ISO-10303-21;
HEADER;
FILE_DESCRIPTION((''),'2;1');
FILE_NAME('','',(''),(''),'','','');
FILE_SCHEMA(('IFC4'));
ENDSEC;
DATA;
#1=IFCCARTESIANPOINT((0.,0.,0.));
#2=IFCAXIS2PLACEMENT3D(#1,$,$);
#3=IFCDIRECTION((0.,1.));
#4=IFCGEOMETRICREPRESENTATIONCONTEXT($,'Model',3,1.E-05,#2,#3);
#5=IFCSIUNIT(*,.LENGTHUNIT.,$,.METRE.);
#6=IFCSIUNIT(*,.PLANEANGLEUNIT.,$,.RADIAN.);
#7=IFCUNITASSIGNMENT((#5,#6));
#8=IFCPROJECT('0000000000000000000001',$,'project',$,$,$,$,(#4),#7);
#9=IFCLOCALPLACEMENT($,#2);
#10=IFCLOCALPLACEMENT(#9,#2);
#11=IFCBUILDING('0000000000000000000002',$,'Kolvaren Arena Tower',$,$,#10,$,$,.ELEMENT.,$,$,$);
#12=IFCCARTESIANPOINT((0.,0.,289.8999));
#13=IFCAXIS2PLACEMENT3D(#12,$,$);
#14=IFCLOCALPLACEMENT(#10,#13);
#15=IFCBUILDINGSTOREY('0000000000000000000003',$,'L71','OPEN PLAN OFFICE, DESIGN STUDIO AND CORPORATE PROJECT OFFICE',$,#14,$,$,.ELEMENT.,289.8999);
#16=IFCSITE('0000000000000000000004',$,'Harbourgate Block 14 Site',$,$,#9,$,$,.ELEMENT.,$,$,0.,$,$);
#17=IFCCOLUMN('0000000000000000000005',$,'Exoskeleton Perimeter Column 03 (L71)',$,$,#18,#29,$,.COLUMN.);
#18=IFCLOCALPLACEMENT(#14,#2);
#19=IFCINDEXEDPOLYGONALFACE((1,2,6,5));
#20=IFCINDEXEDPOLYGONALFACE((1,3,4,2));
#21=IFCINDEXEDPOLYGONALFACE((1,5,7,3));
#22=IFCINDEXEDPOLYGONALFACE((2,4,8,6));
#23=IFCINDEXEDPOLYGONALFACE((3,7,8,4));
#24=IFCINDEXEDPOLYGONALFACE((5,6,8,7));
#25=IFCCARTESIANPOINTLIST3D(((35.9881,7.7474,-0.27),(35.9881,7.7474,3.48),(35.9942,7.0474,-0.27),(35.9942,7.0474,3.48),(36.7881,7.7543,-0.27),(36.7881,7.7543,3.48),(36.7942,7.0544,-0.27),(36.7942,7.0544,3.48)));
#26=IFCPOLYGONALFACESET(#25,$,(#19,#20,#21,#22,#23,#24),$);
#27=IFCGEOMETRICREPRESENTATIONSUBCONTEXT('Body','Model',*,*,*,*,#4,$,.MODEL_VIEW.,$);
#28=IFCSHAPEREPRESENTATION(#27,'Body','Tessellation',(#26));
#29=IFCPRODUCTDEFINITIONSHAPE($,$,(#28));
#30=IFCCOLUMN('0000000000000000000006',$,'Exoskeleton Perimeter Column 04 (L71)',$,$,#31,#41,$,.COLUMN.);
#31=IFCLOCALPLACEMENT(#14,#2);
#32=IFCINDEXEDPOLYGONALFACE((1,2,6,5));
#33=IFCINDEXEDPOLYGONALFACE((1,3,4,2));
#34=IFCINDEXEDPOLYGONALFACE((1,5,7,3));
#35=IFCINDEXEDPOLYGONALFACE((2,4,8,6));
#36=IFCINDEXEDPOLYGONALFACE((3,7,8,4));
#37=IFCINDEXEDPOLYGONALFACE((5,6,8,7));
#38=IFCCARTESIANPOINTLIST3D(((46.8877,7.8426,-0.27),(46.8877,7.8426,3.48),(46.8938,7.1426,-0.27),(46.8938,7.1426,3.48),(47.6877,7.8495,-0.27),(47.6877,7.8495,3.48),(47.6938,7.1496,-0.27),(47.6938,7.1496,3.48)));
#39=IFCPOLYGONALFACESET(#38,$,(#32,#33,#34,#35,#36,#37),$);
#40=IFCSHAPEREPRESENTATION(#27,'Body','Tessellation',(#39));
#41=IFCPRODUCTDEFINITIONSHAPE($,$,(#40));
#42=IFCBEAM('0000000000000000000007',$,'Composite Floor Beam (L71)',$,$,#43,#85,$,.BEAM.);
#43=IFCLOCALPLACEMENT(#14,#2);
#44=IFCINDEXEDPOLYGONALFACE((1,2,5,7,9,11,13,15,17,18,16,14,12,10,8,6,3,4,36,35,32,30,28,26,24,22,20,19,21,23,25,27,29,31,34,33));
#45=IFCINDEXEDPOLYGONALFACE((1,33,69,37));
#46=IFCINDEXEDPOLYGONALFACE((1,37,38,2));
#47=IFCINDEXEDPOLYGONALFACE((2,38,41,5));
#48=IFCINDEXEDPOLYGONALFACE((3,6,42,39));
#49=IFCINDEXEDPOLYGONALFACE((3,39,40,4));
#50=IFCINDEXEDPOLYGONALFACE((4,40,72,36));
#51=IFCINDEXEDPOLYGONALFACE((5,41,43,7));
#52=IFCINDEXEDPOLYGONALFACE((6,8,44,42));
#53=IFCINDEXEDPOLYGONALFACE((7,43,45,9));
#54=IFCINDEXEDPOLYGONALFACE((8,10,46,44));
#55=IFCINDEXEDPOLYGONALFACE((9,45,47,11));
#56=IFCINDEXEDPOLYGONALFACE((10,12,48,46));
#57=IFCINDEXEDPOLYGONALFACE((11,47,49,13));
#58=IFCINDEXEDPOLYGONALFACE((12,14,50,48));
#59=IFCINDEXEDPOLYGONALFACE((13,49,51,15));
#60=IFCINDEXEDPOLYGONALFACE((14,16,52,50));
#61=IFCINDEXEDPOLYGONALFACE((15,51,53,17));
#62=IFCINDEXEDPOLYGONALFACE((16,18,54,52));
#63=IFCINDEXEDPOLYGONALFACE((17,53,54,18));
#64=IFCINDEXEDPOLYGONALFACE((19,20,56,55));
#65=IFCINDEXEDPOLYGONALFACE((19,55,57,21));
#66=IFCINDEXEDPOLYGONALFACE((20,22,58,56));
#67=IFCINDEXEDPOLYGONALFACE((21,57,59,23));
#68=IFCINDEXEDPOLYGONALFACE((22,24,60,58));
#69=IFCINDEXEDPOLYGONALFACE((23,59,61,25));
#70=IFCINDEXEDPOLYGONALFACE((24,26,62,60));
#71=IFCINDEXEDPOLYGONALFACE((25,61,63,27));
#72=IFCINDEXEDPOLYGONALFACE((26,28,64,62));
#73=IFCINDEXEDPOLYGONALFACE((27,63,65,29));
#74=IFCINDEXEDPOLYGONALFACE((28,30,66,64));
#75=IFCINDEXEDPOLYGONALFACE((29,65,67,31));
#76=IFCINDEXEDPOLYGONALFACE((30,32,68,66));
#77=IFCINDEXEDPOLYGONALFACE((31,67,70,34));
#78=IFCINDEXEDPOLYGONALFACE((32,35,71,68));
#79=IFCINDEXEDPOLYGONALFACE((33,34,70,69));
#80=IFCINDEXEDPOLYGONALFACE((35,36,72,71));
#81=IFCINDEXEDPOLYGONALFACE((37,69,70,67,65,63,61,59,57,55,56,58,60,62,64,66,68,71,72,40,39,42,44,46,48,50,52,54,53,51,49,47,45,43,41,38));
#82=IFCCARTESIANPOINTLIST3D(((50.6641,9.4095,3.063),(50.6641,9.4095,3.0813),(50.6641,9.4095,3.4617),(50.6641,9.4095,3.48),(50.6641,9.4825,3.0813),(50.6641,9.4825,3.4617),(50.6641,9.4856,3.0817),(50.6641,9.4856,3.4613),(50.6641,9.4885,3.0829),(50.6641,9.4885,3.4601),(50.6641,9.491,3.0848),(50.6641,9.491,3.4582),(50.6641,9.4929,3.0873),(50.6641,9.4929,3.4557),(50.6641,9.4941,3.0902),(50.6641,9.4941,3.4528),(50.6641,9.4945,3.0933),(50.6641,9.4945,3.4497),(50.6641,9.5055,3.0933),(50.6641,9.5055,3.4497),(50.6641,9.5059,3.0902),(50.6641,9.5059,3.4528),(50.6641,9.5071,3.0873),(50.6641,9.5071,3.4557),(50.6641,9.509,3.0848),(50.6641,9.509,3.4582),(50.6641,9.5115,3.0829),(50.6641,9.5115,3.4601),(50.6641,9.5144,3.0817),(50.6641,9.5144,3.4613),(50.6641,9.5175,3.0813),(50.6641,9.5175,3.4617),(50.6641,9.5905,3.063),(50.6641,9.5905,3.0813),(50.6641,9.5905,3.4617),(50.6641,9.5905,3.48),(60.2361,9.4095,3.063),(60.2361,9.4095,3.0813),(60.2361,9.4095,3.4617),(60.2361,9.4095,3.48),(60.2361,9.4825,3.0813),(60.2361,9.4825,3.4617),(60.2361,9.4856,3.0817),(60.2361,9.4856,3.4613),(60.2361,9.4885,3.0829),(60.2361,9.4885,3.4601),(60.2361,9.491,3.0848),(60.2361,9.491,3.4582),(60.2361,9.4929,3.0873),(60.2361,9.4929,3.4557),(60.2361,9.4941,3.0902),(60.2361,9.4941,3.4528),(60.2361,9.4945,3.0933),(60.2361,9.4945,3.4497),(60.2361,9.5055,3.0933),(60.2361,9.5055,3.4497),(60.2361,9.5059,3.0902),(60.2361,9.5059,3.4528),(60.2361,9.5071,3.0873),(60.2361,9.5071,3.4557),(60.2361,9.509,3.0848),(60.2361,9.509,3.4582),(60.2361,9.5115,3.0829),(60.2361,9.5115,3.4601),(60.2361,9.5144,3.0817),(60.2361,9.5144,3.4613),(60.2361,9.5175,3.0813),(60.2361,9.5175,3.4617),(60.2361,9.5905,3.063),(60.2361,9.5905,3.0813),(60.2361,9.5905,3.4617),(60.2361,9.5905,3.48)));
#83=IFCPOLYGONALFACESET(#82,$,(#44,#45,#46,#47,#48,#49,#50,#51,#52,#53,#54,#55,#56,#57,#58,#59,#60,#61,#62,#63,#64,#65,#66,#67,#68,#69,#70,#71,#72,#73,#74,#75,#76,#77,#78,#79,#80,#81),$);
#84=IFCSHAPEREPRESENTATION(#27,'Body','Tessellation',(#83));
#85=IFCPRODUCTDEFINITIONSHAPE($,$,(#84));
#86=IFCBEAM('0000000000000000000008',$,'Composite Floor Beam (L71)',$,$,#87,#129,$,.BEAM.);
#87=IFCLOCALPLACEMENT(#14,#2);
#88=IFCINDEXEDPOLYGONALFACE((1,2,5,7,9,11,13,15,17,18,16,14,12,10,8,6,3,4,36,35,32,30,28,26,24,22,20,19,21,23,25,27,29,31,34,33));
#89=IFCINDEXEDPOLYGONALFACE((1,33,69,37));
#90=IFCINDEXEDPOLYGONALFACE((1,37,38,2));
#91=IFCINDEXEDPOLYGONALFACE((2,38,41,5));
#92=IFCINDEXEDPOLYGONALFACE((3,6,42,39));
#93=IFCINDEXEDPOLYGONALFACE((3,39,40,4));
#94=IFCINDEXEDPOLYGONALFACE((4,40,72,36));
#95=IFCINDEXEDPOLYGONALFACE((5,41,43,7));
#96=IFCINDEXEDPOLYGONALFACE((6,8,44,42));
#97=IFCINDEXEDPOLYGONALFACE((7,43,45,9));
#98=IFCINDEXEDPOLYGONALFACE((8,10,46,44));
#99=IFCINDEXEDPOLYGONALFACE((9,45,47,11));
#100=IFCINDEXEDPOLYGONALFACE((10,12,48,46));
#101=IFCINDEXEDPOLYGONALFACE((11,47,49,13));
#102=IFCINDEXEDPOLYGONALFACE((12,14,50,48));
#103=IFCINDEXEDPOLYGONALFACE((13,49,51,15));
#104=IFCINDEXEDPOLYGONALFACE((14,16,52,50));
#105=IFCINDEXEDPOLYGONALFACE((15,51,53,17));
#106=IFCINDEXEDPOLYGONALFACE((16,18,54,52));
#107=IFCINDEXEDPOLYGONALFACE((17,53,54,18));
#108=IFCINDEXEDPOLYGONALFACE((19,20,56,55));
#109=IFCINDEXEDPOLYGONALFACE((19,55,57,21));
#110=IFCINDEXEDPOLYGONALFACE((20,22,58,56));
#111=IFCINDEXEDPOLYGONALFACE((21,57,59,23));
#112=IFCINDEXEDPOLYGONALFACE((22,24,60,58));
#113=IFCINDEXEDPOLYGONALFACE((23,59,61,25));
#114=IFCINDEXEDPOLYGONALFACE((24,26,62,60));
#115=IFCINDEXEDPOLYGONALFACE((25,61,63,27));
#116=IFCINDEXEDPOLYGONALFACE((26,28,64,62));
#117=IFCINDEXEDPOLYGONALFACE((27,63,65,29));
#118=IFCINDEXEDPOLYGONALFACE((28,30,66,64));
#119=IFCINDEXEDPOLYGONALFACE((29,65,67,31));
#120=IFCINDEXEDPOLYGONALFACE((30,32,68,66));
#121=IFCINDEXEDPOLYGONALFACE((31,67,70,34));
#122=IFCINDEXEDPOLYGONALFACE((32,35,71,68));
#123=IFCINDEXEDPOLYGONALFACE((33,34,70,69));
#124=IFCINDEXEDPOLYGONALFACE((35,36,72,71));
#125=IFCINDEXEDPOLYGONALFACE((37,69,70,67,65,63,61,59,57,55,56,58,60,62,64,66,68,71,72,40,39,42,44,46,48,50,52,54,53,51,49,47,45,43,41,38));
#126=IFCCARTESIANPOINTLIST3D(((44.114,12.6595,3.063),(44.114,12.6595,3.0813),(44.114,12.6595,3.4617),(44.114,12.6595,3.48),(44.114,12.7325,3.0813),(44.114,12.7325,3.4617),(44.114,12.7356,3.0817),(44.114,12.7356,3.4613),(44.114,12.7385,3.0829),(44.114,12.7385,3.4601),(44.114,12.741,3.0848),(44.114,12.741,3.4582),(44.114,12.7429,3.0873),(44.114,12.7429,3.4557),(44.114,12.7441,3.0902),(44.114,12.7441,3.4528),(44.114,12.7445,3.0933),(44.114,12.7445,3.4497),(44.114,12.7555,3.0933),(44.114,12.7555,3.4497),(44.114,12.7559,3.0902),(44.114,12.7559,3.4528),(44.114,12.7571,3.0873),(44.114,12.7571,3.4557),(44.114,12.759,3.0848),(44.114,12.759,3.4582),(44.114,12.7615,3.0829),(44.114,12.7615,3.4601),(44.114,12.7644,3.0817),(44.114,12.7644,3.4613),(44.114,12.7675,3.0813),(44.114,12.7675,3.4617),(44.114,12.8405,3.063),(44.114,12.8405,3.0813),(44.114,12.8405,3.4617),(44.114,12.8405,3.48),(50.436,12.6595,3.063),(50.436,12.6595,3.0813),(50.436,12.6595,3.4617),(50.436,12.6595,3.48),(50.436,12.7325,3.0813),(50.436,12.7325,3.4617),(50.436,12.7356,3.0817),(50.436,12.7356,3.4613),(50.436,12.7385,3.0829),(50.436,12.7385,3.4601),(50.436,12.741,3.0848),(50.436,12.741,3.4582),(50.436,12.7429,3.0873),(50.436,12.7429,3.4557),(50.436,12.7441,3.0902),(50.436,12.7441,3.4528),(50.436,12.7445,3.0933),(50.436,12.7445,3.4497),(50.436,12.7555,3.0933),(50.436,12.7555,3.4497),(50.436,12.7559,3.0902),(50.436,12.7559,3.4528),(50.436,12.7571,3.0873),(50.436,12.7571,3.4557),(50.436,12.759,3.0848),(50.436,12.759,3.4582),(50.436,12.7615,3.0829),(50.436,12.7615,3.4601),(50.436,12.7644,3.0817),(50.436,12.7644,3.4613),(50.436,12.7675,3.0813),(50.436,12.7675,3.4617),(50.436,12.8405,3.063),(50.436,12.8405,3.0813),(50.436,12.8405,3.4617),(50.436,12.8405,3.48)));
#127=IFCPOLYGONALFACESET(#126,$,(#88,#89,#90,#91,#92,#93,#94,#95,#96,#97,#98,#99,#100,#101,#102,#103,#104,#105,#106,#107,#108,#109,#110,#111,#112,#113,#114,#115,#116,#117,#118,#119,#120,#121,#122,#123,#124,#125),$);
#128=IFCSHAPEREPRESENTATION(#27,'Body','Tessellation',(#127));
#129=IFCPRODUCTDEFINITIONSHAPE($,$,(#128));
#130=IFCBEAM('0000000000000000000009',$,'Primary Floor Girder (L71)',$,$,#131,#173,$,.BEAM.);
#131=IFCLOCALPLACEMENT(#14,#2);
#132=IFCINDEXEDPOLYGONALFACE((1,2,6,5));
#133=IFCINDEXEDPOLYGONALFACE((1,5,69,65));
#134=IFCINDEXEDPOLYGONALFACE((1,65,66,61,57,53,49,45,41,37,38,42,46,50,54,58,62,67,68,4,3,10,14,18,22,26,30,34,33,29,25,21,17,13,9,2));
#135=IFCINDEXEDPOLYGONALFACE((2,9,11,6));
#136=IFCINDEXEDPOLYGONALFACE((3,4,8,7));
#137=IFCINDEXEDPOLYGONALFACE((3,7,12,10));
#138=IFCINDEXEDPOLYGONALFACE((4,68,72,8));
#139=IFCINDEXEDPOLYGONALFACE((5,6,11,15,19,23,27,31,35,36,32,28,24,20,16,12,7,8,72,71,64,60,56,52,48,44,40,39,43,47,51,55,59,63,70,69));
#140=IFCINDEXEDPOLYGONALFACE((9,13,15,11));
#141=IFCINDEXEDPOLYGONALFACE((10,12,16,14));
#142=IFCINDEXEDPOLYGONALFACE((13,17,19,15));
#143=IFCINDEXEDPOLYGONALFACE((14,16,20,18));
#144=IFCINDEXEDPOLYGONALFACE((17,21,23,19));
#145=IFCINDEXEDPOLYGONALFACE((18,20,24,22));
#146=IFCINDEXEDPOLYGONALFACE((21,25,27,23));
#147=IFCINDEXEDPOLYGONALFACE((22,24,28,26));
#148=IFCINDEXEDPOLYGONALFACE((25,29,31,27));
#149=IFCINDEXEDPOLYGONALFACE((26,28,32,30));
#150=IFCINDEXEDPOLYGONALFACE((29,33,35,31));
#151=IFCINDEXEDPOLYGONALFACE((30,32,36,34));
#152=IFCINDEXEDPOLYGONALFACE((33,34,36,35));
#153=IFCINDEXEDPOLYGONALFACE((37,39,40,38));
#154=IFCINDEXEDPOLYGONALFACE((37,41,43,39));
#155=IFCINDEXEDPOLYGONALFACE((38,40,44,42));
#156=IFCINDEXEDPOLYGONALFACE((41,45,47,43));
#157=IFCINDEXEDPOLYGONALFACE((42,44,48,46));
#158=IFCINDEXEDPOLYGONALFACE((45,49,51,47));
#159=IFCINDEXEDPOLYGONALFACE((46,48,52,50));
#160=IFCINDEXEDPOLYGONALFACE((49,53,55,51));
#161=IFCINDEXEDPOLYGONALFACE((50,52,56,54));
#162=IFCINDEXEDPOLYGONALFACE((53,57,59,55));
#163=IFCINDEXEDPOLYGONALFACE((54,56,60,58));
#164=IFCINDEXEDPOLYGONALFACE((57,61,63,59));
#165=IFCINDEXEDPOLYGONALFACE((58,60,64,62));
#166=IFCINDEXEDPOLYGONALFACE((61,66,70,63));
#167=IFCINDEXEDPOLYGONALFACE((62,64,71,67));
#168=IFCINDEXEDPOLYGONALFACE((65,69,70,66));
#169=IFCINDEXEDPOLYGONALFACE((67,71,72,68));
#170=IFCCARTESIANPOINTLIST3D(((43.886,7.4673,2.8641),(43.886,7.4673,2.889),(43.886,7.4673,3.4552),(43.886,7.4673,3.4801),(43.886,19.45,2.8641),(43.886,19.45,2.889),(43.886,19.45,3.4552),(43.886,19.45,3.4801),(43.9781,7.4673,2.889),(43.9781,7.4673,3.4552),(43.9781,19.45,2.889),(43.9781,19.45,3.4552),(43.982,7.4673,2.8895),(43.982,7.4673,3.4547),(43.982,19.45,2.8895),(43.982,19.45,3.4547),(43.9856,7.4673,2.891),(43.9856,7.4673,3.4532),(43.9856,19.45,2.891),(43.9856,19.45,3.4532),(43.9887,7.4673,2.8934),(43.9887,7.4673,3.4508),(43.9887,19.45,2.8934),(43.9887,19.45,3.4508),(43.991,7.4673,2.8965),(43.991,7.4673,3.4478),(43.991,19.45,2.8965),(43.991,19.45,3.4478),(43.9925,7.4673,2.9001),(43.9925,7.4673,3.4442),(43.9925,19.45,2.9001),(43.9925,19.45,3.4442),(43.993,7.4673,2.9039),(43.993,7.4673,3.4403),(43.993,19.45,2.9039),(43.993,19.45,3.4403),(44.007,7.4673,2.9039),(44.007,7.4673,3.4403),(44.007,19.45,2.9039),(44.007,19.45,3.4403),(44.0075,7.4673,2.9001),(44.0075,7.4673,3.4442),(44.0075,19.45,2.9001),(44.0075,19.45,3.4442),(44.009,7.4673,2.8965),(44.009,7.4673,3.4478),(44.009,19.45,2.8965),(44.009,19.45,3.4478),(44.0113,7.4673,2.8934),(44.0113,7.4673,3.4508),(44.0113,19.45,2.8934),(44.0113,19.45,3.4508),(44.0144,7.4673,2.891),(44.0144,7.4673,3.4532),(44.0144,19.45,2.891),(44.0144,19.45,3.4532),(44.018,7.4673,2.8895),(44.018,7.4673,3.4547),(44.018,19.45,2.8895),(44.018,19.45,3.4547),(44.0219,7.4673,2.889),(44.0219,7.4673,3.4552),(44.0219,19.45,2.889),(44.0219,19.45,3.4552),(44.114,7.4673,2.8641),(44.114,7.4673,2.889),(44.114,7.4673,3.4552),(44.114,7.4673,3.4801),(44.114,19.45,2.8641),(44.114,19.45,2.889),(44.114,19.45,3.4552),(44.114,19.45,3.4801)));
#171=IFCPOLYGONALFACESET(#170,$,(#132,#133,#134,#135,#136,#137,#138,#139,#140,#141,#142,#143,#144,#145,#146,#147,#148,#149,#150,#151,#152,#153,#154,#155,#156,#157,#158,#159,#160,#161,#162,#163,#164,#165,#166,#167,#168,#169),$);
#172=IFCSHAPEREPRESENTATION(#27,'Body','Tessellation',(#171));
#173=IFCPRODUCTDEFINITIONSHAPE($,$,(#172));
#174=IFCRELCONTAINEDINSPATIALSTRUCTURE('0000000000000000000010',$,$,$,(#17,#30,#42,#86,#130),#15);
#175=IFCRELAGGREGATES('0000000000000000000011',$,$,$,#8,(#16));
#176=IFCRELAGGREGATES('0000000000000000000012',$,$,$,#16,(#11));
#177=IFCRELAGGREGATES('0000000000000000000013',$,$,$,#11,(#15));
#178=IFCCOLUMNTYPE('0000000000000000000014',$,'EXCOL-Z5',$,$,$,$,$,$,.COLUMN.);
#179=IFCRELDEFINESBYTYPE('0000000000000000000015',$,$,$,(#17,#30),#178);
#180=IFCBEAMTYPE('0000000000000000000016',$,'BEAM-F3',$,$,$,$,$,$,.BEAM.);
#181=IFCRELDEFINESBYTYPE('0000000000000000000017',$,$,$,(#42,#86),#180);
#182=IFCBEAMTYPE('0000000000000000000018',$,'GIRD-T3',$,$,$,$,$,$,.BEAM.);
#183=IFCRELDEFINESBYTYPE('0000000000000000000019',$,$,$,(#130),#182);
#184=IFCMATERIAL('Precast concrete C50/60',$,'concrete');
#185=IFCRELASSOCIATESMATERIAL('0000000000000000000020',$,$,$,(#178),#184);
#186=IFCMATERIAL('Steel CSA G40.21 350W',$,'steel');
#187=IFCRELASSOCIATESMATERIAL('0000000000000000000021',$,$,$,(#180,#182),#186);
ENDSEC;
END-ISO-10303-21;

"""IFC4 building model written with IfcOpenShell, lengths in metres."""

from ifc_helpers import new_model, si_unit, direction, frame, origin, origin_2d, place, context, subcontext, project, spatial, rectangle, i_section, extrude, material, material_profile, profile_set, type_object, element, save


model = new_model("IFC4")

# Units and contexts
model_context = context("Model", 3, precision=1e-05, world=origin(), true_north=direction((0.0, 1.0)))
body_context = subcontext(model_context, "Body", "Model", "MODEL_VIEW")
ifc_project = project(units=[si_unit("LENGTHUNIT", "METRE"), si_unit("PLANEANGLEUNIT", "RADIAN")], contexts=[model_context])

# Site, building, storey
site_placement = place(None, origin())
site = spatial("IfcSite", under=ifc_project, at=site_placement, Name="Harbourgate Block 14 Site", CompositionType="ELEMENT", RefElevation=0.0)
building_placement = place(site_placement, origin())
building = spatial("IfcBuilding", under=site, at=building_placement, Name="Kolvaren Arena Tower", CompositionType="ELEMENT")
storey_placement = place(building_placement, frame((0.0, 0.0, 289.8999)))
storey = spatial("IfcBuildingStorey", under=building, at=storey_placement, Name="L71", Description="OPEN PLAN OFFICE, DESIGN STUDIO AND CORPORATE PROJECT OFFICE", CompositionType="ELEMENT", Elevation=289.8999)

# Columns
ifc_material_1 = material(Name="Precast concrete C50/60", Category="concrete")
ifc_material_profile_1 = material_profile(ifc_material_1, rectangle(XDim=0.8, YDim=0.7, at=origin_2d()), Name="RC-800x700")
ifc_profile_set_1 = profile_set([ifc_material_profile_1], Name="Precast concrete C50/60")
column_type = type_object("IfcColumnType", Name="EXCOL-Z5", PredefinedType="COLUMN", material=ifc_profile_set_1)
for number, where, z_axis, x_axis, name in (
    (1, (36.3911, 7.4009, -0.27), (0.0, 0.0, 1.0), (0.999962, 0.008727, 0.0), "Exoskeleton Perimeter Column 03 (L71)"),
    (2, (47.2908, 7.4961, -0.27), (0.0, 0.0, 1.0), (0.999962, 0.008727, 0.0), "Exoskeleton Perimeter Column 04 (L71)"),
):
    element("IfcColumn", number, at=place(storey_placement, frame(where, z_axis=z_axis, x_axis=x_axis)), inside=storey, type_object=column_type, Name=name, PredefinedType="COLUMN", context=body_context, shape_type="SweptSolid", body=[
        extrude(rectangle(XDim=0.8, YDim=0.7, at=origin_2d()), origin(), (0.0, 0.0, 1.0), 3.75),
    ])

# Beams
ifc_material_2 = material(Name="Steel CSA G40.21 350W", Category="steel")
ifc_material_profile_2 = material_profile(ifc_material_2, i_section(OverallWidth=0.1809, OverallDepth=0.417, WebThickness=0.011, FlangeThickness=0.0183, FilletRadius=0.012, at=origin_2d()), Name="W410x85")
ifc_profile_set_2 = profile_set([ifc_material_profile_2], Name="Steel CSA G40.21 350W")
beam_type_1 = type_object("IfcBeamType", Name="BEAM-F3", PredefinedType="BEAM", material=ifc_profile_set_2)
beam_1_placement = place(storey_placement, frame((50.6641, 9.5, 3.2715), z_axis=(1.0, 0.0, 0.0), x_axis=(0.0, 1.0, 0.0)))
element("IfcBeam", 3, at=beam_1_placement, inside=storey, type_object=beam_type_1, Name="Composite Floor Beam (L71)", PredefinedType="BEAM", context=body_context, shape_type="SweptSolid", body=[
    extrude(i_section(OverallWidth=0.1809, OverallDepth=0.417, WebThickness=0.011, FlangeThickness=0.0183, FilletRadius=0.012, at=origin_2d()), origin(), (0.0, 0.0, 1.0), 9.572),
])
beam_2_placement = place(storey_placement, frame((44.114, 12.75, 3.2715), z_axis=(1.0, 0.0, 0.0), x_axis=(0.0, 1.0, 0.0)))
element("IfcBeam", 4, at=beam_2_placement, inside=storey, type_object=beam_type_1, Name="Composite Floor Beam (L71)", PredefinedType="BEAM", context=body_context, shape_type="SweptSolid", body=[
    extrude(i_section(OverallWidth=0.1809, OverallDepth=0.417, WebThickness=0.011, FlangeThickness=0.0183, FilletRadius=0.012, at=origin_2d()), origin(), (0.0, 0.0, 1.0), 6.322),
])
ifc_material_profile_3 = material_profile(ifc_material_2, i_section(OverallWidth=0.228, OverallDepth=0.616, WebThickness=0.0139, FlangeThickness=0.0249, FilletRadius=0.0149, at=origin_2d()), Name="W610x174")
ifc_profile_set_3 = profile_set([ifc_material_profile_3], Name="Steel CSA G40.21 350W")
beam_type_2 = type_object("IfcBeamType", Name="GIRD-T3", PredefinedType="BEAM", material=ifc_profile_set_3)
beam_3_placement = place(storey_placement, frame((44.0, 7.4673, 3.1721), z_axis=(0.0, 1.0, 0.0), x_axis=(-1.0, 0.0, 0.0)))
element("IfcBeam", 5, at=beam_3_placement, inside=storey, type_object=beam_type_2, Name="Primary Floor Girder (L71)", PredefinedType="BEAM", context=body_context, shape_type="SweptSolid", body=[
    extrude(i_section(OverallWidth=0.228, OverallDepth=0.616, WebThickness=0.0139, FlangeThickness=0.0249, FilletRadius=0.0149, at=origin_2d()), origin(), (0.0, 0.0, 1.0), 11.9827),
])

save(model, "model.ifc")
